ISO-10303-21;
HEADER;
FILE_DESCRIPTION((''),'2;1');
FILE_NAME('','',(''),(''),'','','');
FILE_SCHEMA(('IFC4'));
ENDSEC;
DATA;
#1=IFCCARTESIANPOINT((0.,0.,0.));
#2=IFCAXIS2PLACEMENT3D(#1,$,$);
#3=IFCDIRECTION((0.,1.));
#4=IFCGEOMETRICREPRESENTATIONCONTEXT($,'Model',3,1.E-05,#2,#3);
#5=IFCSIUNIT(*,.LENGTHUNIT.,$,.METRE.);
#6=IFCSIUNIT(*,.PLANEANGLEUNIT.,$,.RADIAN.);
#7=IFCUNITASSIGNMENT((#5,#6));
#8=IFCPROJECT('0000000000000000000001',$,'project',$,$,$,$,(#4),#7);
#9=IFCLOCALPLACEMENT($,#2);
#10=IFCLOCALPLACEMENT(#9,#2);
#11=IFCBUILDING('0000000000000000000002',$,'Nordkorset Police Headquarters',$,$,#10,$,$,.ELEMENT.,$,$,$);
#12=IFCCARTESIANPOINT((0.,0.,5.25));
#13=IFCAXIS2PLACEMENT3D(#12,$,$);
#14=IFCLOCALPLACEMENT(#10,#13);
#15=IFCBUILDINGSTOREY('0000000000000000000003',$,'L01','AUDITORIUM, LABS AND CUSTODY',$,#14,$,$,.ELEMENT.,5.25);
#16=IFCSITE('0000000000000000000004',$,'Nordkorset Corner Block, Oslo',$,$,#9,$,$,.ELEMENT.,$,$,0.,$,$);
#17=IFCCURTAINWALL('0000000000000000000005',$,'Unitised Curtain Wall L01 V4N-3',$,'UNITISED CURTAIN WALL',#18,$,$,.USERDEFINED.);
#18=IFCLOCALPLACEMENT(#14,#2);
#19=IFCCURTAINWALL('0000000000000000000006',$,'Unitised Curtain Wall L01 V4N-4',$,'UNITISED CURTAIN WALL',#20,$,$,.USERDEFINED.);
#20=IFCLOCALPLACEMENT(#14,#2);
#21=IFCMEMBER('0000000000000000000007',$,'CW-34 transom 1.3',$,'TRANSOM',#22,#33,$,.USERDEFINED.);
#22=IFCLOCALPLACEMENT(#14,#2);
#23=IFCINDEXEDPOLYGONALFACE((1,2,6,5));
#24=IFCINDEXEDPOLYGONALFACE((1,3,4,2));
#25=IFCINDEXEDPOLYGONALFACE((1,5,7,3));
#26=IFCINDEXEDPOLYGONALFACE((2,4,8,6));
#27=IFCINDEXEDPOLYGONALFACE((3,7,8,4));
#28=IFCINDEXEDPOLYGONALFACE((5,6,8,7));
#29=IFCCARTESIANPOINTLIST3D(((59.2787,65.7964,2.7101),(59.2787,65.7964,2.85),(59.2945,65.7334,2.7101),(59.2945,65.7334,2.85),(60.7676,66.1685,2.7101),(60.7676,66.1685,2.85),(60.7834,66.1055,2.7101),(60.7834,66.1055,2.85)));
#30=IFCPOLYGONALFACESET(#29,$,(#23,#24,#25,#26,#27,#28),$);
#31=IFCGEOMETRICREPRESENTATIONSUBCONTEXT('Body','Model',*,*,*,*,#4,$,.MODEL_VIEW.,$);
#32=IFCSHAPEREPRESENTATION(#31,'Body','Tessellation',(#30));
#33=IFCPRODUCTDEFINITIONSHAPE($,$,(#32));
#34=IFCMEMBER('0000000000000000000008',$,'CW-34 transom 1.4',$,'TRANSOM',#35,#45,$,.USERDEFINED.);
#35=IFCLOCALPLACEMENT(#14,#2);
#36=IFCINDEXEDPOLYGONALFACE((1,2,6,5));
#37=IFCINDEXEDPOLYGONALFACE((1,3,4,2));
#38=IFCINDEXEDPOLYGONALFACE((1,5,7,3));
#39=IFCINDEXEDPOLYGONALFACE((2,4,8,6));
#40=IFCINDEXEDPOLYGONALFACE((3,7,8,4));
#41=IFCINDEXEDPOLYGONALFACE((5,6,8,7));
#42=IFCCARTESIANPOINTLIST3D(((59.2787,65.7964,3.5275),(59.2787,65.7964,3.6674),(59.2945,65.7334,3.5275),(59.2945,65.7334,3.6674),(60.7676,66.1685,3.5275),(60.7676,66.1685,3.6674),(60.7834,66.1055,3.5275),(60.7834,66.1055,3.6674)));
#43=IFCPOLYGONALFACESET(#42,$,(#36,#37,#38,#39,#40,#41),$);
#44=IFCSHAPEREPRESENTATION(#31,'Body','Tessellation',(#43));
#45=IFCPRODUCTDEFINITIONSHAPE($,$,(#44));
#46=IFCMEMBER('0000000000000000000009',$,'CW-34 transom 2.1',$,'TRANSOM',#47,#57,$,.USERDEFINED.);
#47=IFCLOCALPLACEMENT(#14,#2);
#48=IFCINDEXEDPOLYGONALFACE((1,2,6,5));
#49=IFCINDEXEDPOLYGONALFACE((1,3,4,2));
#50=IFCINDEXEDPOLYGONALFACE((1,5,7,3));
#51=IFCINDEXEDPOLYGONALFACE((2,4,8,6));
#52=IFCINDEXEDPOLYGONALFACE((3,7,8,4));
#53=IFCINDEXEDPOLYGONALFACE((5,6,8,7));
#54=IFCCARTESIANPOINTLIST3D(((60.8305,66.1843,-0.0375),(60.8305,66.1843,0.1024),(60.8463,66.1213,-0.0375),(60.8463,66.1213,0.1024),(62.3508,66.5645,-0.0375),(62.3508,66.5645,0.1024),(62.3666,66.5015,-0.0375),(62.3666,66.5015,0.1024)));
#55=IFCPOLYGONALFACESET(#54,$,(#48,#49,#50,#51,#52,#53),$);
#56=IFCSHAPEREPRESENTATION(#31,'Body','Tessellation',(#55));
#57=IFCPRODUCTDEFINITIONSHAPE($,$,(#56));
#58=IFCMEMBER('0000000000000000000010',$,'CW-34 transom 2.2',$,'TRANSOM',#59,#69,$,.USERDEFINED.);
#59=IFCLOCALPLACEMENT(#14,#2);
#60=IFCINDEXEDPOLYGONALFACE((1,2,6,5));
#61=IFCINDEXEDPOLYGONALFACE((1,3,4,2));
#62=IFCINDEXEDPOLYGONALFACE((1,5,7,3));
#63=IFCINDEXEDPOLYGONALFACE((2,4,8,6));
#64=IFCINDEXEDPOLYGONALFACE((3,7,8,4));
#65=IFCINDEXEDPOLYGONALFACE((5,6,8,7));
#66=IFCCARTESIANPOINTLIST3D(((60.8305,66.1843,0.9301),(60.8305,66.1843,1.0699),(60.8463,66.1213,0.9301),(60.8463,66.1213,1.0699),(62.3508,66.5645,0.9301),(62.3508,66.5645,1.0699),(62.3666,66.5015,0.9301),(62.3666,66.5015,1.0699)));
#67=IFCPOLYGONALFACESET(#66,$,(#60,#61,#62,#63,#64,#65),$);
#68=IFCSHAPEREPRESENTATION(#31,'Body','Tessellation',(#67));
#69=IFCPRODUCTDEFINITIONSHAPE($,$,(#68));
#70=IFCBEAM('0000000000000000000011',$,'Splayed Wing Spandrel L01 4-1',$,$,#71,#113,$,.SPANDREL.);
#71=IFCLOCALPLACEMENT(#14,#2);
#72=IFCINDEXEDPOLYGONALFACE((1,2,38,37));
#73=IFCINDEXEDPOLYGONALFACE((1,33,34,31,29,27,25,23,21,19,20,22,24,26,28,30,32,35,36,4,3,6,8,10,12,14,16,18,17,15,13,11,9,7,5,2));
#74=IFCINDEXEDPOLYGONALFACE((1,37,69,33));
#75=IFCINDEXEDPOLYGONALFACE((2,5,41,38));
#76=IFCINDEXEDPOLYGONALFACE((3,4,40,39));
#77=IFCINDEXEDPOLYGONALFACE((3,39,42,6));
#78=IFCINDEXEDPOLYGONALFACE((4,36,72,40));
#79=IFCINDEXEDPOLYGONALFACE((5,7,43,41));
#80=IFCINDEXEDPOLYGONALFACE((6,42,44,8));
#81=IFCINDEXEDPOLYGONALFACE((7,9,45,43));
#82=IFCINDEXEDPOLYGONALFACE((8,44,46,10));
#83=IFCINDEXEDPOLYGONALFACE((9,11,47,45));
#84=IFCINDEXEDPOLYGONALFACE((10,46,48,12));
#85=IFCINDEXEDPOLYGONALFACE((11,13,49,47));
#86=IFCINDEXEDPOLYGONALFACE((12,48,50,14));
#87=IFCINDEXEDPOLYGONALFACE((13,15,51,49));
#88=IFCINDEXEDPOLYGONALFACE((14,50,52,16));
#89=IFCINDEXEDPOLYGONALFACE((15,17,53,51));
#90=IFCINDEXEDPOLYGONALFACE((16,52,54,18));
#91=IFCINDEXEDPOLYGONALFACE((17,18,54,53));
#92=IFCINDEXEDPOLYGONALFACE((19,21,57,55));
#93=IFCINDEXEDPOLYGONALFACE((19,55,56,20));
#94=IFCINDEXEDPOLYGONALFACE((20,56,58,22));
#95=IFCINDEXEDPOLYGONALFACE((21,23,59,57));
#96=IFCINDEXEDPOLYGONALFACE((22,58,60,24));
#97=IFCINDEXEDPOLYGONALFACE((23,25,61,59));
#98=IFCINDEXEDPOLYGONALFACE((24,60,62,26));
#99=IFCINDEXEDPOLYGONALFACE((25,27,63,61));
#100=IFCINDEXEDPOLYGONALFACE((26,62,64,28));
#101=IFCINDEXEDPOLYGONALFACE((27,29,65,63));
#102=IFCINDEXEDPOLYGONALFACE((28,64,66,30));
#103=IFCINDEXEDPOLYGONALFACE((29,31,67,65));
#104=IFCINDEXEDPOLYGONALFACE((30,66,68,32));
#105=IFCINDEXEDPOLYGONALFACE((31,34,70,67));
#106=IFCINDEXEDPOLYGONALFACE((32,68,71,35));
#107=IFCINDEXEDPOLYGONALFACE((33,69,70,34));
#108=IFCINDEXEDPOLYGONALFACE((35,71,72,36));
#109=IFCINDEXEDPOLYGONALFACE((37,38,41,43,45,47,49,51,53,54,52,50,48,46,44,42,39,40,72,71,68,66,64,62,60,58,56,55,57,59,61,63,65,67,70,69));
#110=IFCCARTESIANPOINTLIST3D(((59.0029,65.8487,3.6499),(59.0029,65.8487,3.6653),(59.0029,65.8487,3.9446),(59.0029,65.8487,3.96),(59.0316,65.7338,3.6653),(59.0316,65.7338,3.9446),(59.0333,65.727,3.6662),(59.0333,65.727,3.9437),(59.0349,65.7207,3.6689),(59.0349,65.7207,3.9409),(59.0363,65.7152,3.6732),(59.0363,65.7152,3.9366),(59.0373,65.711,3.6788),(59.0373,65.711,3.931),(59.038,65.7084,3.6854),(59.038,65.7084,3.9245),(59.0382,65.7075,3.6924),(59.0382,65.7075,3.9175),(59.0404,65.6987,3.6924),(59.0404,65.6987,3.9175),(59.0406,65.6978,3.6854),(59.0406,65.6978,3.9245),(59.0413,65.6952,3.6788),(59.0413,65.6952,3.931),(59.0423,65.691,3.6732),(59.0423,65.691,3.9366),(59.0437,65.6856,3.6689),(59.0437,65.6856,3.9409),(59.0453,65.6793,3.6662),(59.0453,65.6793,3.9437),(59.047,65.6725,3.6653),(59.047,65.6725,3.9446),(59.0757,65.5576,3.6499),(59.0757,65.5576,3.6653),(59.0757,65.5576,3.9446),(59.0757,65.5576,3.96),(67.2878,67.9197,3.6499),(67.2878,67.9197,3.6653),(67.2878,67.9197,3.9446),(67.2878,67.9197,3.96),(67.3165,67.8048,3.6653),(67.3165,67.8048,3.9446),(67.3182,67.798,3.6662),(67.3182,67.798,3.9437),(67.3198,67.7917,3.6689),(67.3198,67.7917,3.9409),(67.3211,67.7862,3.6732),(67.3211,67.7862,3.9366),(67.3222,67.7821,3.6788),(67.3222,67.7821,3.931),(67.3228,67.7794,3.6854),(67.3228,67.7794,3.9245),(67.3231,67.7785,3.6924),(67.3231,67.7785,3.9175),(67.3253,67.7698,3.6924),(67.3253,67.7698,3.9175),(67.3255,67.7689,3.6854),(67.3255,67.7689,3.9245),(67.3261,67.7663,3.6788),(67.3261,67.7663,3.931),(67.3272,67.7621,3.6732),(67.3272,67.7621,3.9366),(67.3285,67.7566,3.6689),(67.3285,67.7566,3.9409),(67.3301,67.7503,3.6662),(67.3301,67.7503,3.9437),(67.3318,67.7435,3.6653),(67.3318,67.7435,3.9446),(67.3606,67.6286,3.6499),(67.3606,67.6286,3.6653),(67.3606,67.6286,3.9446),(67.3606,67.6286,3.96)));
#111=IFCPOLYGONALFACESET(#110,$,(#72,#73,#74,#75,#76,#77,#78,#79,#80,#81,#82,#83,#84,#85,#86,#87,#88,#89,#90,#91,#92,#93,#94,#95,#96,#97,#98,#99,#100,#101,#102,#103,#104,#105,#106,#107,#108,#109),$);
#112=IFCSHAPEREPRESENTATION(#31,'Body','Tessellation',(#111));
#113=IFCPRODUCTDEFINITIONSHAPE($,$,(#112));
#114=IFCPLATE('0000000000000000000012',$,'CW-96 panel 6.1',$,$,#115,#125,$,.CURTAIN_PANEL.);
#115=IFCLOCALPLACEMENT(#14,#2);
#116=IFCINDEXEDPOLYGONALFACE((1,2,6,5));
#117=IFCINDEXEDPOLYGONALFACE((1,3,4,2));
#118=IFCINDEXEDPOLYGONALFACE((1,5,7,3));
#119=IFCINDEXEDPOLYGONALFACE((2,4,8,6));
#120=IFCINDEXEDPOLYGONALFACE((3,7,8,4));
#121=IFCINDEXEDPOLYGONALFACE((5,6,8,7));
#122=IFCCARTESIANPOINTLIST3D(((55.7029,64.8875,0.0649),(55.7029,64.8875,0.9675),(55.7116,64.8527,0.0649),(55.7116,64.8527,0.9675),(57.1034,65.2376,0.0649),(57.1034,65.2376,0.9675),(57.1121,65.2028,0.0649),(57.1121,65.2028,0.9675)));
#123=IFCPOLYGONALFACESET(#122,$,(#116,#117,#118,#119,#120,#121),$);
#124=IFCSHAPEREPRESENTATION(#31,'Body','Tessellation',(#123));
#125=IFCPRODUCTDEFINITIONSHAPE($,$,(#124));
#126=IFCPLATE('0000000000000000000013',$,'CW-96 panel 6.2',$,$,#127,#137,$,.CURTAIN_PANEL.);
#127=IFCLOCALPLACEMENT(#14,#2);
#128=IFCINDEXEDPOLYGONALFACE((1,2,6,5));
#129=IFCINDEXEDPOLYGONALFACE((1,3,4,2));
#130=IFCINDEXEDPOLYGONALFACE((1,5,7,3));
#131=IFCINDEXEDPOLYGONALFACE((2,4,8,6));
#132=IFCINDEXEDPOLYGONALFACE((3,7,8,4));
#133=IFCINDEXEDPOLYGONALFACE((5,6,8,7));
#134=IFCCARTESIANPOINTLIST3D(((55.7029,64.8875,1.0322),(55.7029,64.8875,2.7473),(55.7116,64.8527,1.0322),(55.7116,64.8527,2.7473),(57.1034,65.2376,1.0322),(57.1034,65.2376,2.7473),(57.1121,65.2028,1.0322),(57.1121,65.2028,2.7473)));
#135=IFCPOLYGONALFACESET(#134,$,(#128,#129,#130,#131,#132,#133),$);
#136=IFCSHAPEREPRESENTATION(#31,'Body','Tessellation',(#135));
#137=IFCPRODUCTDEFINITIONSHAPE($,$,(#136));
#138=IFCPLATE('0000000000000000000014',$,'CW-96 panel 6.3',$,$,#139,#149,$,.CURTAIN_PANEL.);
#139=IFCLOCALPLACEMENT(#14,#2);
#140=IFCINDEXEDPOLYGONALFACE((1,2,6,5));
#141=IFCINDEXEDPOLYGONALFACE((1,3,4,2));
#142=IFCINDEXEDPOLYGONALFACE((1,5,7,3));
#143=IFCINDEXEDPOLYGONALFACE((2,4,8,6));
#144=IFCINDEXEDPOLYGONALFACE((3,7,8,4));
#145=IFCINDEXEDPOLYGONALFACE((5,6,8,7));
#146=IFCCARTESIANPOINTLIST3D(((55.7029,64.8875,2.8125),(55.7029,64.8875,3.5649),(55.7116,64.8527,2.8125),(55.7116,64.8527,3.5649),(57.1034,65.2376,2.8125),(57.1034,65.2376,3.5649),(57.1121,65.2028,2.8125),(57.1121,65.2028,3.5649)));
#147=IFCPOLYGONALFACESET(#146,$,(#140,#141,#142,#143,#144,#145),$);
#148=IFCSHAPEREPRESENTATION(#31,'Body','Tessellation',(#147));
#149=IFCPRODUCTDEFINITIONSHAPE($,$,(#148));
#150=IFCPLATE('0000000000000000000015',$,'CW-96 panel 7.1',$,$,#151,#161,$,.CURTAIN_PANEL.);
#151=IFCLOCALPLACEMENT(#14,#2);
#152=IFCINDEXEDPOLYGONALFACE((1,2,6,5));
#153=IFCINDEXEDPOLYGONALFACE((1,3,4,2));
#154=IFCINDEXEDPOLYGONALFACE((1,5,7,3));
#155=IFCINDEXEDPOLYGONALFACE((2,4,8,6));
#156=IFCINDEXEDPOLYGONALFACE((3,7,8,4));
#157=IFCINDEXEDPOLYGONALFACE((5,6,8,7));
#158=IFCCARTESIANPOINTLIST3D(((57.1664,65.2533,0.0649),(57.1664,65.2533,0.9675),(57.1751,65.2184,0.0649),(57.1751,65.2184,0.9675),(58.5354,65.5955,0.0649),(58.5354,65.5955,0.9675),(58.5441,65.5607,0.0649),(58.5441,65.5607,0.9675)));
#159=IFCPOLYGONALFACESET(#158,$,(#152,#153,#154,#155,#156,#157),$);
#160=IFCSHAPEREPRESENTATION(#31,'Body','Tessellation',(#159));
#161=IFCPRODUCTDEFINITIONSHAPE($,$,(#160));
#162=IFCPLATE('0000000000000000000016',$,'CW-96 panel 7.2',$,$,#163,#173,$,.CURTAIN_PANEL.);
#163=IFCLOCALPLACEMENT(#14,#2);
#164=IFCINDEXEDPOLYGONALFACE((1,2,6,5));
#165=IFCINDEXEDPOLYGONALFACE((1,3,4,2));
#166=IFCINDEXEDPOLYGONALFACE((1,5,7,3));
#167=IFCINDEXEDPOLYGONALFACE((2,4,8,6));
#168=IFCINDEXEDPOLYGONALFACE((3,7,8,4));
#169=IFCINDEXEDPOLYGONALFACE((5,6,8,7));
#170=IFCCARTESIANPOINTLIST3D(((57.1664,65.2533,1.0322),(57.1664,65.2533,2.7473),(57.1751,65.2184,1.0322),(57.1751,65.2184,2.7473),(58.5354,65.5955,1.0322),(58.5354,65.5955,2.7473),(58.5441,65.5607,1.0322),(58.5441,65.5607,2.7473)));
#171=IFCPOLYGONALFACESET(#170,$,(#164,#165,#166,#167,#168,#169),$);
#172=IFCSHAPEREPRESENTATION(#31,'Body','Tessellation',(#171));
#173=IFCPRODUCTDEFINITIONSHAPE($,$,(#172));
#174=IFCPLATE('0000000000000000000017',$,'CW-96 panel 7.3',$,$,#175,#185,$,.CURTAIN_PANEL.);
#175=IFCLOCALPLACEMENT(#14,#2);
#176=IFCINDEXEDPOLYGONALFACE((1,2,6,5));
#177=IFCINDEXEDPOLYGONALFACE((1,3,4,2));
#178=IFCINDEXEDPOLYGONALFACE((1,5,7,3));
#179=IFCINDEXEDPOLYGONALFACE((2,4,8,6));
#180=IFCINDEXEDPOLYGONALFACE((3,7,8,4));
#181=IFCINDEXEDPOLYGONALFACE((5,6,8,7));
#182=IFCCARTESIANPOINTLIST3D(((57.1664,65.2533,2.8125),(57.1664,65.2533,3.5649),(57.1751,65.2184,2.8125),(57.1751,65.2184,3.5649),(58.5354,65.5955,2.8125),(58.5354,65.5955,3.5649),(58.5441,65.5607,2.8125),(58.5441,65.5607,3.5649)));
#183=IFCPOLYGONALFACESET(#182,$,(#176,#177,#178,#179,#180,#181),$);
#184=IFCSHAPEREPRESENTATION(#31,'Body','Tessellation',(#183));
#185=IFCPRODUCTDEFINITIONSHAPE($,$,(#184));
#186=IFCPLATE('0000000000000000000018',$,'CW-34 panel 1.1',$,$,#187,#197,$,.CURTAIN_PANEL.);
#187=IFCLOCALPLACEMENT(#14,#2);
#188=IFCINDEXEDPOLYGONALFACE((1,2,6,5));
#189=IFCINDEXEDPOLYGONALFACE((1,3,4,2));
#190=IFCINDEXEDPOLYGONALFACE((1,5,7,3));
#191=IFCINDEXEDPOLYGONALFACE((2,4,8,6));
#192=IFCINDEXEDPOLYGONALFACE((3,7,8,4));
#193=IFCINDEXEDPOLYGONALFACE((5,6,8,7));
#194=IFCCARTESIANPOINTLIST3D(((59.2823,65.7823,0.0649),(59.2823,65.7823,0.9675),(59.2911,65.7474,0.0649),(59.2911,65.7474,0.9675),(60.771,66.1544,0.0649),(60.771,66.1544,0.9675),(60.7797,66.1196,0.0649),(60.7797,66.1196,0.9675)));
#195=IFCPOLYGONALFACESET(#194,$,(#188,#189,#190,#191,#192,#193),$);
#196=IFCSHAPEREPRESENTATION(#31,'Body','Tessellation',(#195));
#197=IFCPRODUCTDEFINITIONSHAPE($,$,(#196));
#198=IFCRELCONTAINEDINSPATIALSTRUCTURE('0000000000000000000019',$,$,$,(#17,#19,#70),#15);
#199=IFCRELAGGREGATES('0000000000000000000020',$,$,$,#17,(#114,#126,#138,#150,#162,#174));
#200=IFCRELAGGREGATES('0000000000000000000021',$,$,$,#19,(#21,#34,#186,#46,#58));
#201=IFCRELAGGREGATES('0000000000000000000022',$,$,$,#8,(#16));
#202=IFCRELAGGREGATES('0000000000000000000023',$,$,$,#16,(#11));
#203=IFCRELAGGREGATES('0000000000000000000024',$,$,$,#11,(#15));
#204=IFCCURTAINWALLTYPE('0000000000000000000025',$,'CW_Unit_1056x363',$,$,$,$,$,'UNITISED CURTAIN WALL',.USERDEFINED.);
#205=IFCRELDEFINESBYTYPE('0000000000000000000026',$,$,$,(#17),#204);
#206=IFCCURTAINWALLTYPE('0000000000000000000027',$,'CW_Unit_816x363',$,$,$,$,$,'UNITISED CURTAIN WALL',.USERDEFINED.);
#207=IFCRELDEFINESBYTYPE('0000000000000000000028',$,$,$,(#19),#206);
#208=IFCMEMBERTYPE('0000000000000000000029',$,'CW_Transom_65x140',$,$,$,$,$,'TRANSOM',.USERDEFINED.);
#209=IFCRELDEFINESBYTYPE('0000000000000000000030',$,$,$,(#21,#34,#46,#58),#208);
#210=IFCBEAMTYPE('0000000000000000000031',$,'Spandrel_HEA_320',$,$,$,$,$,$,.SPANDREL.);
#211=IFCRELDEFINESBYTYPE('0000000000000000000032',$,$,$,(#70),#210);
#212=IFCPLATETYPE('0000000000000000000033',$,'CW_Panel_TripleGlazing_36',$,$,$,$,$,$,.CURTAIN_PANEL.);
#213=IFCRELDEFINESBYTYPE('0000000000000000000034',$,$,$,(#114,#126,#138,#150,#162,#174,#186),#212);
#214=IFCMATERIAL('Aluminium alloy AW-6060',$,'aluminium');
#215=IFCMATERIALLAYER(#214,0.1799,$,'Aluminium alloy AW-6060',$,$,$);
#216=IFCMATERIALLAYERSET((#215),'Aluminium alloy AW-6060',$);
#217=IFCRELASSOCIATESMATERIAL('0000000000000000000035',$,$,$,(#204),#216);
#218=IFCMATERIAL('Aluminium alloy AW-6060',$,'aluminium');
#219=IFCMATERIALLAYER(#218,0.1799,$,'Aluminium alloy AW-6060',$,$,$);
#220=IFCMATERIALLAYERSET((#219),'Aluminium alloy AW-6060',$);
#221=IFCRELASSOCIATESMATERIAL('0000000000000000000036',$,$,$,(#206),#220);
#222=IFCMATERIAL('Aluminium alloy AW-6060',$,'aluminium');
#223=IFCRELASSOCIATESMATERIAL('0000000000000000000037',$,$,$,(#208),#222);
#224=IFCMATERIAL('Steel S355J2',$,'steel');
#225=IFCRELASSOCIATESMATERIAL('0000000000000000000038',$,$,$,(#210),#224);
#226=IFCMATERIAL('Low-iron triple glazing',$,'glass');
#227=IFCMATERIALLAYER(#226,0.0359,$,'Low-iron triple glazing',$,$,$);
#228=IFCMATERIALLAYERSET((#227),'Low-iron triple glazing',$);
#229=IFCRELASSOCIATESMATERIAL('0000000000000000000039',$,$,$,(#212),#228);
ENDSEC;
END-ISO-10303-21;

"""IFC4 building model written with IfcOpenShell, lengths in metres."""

from ifc_helpers import new_model, si_unit, direction, frame, origin, origin_2d, place, context, subcontext, project, spatial, rectangle, i_section, extrude, material, layer, layer_set, material_profile, profile_set, type_object, element, aggregate, save


model = new_model("IFC4")

# Units and contexts
model_context = context("Model", 3, precision=1e-05, world=origin(), true_north=direction((0.0, 1.0)))
body_context = subcontext(model_context, "Body", "Model", "MODEL_VIEW")
ifc_project = project(units=[si_unit("LENGTHUNIT", "METRE"), si_unit("PLANEANGLEUNIT", "RADIAN")], contexts=[model_context])

# Site, building, storey
site_placement = place(None, origin())
site = spatial("IfcSite", under=ifc_project, at=site_placement, Name="Nordkorset Corner Block, Oslo", CompositionType="ELEMENT", RefElevation=0.0)
building_placement = place(site_placement, origin())
building = spatial("IfcBuilding", under=site, at=building_placement, Name="Nordkorset Police Headquarters", CompositionType="ELEMENT")
storey_placement = place(building_placement, frame((0.0, 0.0, 5.25)))
storey = spatial("IfcBuildingStorey", under=building, at=storey_placement, Name="L01", Description="AUDITORIUM, LABS AND CUSTODY", CompositionType="ELEMENT", Elevation=5.25)

# Curtain walls
ifc_material_1 = material(Name="Aluminium alloy AW-6060", Category="aluminium")
ifc_layer_1 = layer(ifc_material_1, 0.1799, Name="Aluminium alloy AW-6060")
ifc_layer_set_1 = layer_set([ifc_layer_1], Name="Aluminium alloy AW-6060")
curtain_wall_type_1 = type_object("IfcCurtainWallType", Name="CW_Unit_1056x363", ElementType="UNITISED CURTAIN WALL", PredefinedType="USERDEFINED", material=ifc_layer_set_1)
curtain_wall_1_placement = place(storey_placement, origin())
curtain_wall_1 = element("IfcCurtainWall", 1, at=curtain_wall_1_placement, inside=storey, type_object=curtain_wall_type_1, Name="Unitised Curtain Wall L01 V4N-3", ObjectType="UNITISED CURTAIN WALL", PredefinedType="USERDEFINED")
ifc_material_2 = material(Name="Aluminium alloy AW-6060", Category="aluminium")
ifc_layer_2 = layer(ifc_material_2, 0.1799, Name="Aluminium alloy AW-6060")
ifc_layer_set_2 = layer_set([ifc_layer_2], Name="Aluminium alloy AW-6060")
curtain_wall_type_2 = type_object("IfcCurtainWallType", Name="CW_Unit_816x363", ElementType="UNITISED CURTAIN WALL", PredefinedType="USERDEFINED", material=ifc_layer_set_2)
curtain_wall_2_placement = place(storey_placement, origin())
curtain_wall_2 = element("IfcCurtainWall", 2, at=curtain_wall_2_placement, inside=storey, type_object=curtain_wall_type_2, Name="Unitised Curtain Wall L01 V4N-4", ObjectType="UNITISED CURTAIN WALL", PredefinedType="USERDEFINED")

# Members
ifc_material_3 = material(Name="Aluminium alloy AW-6060", Category="aluminium")
ifc_material_profile_1 = material_profile(ifc_material_3, rectangle(XDim=0.0649, YDim=0.1399, at=origin_2d()), Name="ALU TRAN 65x140")
ifc_profile_set_1 = profile_set([ifc_material_profile_1], Name="Aluminium alloy AW-6060")
member_type_1 = type_object("IfcMemberType", Name="CW_Transom_65x140", ElementType="TRANSOM", PredefinedType="USERDEFINED", material=ifc_profile_set_1)
member_1_placement = place(storey_placement, frame((59.2866, 65.7649, 2.78), z_axis=(0.970161, 0.242461, 0.0), x_axis=(-0.242461, 0.970161, 0.0)))
member_1 = element("IfcMember", 3, at=member_1_placement, type_object=member_type_1, Name="CW-34 transom 1.3", ObjectType="TRANSOM", PredefinedType="USERDEFINED", context=body_context, shape_type="SweptSolid", body=[
    extrude(rectangle(XDim=0.0649, YDim=0.1399, at=origin_2d()), origin(), (0.0, 0.0, 1.0), 1.5347),
])
member_2_placement = place(storey_placement, frame((59.2866, 65.7649, 3.5974), z_axis=(0.970161, 0.242461, 0.0), x_axis=(-0.242461, 0.970161, 0.0)))
member_2 = element("IfcMember", 4, at=member_2_placement, type_object=member_type_1, Name="CW-34 transom 1.4", ObjectType="TRANSOM", PredefinedType="USERDEFINED", context=body_context, shape_type="SweptSolid", body=[
    extrude(rectangle(XDim=0.0649, YDim=0.1399, at=origin_2d()), origin(), (0.0, 0.0, 1.0), 1.5347),
])
member_3_placement = place(storey_placement, frame((60.8384, 66.1528, 0.0325), z_axis=(0.970133, 0.242572, 0.0), x_axis=(-0.242572, 0.970133, 0.0)))
member_3 = element("IfcMember", 5, at=member_3_placement, type_object=member_type_1, Name="CW-34 transom 2.1", ObjectType="TRANSOM", PredefinedType="USERDEFINED", context=body_context, shape_type="SweptSolid", body=[
    extrude(rectangle(XDim=0.0649, YDim=0.1399, at=origin_2d()), origin(), (0.0, 0.0, 1.0), 1.5671),
])
member_4_placement = place(storey_placement, frame((60.8384, 66.1528, 1.0), z_axis=(0.970133, 0.242572, 0.0), x_axis=(-0.242572, 0.970133, 0.0)))
member_4 = element("IfcMember", 6, at=member_4_placement, type_object=member_type_1, Name="CW-34 transom 2.2", ObjectType="TRANSOM", PredefinedType="USERDEFINED", context=body_context, shape_type="SweptSolid", body=[
    extrude(rectangle(XDim=0.0649, YDim=0.1399, at=origin_2d()), origin(), (0.0, 0.0, 1.0), 1.5671),
])

# Beam
ifc_material_4 = material(Name="Steel S355J2", Category="steel")
ifc_material_profile_2 = material_profile(ifc_material_4, i_section(OverallWidth=0.3, OverallDepth=0.3101, WebThickness=0.009, FlangeThickness=0.0154, FilletRadius=0.0271, at=origin_2d()), Name="HEA 320")
ifc_profile_set_2 = profile_set([ifc_material_profile_2], Name="Steel S355J2")
beam_type = type_object("IfcBeamType", Name="Spandrel_HEA_320", PredefinedType="SPANDREL", material=ifc_profile_set_2)
beam_placement = place(storey_placement, frame((59.0393, 65.7031, 3.8049), z_axis=(0.970148, 0.242515, 0.0), x_axis=(-0.242515, 0.970148, 0.0)))
element("IfcBeam", 7, at=beam_placement, inside=storey, type_object=beam_type, Name="Splayed Wing Spandrel L01 4-1", PredefinedType="SPANDREL", context=body_context, shape_type="SweptSolid", body=[
    extrude(i_section(OverallWidth=0.3, OverallDepth=0.3101, WebThickness=0.009, FlangeThickness=0.0154, FilletRadius=0.0271, at=origin_2d()), origin(), (0.0, 0.0, 1.0), 8.5398),
])

# Plates
ifc_material_5 = material(Name="Low-iron triple glazing", Category="glass")
ifc_layer_3 = layer(ifc_material_5, 0.0359, Name="Low-iron triple glazing")
ifc_layer_set_3 = layer_set([ifc_layer_3], Name="Low-iron triple glazing")
plate_type = type_object("IfcPlateType", Name="CW_Panel_TripleGlazing_36", PredefinedType="CURTAIN_PANEL", material=ifc_layer_set_3)
plate_1_placement = place(storey_placement, frame((56.4075, 65.0452, 0.0649), z_axis=(0.0, 0.0, 1.0), x_axis=(0.970142, 0.242536, 0.0)))
plate_1 = element("IfcPlate", 8, at=plate_1_placement, type_object=plate_type, Name="CW-96 panel 6.1", PredefinedType="CURTAIN_PANEL", context=body_context, shape_type="SweptSolid", body=[
    extrude(rectangle(XDim=1.4436, YDim=0.0359, at=origin_2d()), origin(), (0.0, 0.0, 1.0), 0.9026),
])
plate_2_placement = place(storey_placement, frame((56.4075, 65.0452, 1.0322), z_axis=(0.0, 0.0, 1.0), x_axis=(0.970142, 0.242536, 0.0)))
plate_2 = element("IfcPlate", 9, at=plate_2_placement, type_object=plate_type, Name="CW-96 panel 6.2", PredefinedType="CURTAIN_PANEL", context=body_context, shape_type="SweptSolid", body=[
    extrude(rectangle(XDim=1.4436, YDim=0.0359, at=origin_2d()), origin(), (0.0, 0.0, 1.0), 1.7151),
])
plate_3_placement = place(storey_placement, frame((56.4075, 65.0452, 2.8125), z_axis=(0.0, 0.0, 1.0), x_axis=(0.970142, 0.242536, 0.0)))
plate_3 = element("IfcPlate", 10, at=plate_3_placement, type_object=plate_type, Name="CW-96 panel 6.3", PredefinedType="CURTAIN_PANEL", context=body_context, shape_type="SweptSolid", body=[
    extrude(rectangle(XDim=1.4436, YDim=0.0359, at=origin_2d()), origin(), (0.0, 0.0, 1.0), 0.7524),
])
plate_4_placement = place(storey_placement, frame((57.8552, 65.407, 0.0649), z_axis=(0.0, 0.0, 1.0), x_axis=(0.970142, 0.242536, 0.0)))
plate_4 = element("IfcPlate", 11, at=plate_4_placement, type_object=plate_type, Name="CW-96 panel 7.1", PredefinedType="CURTAIN_PANEL", context=body_context, shape_type="SweptSolid", body=[
    extrude(rectangle(XDim=1.4111, YDim=0.0359, at=origin_2d()), origin(), (0.0, 0.0, 1.0), 0.9026),
])
plate_5_placement = place(storey_placement, frame((57.8552, 65.407, 1.0322), z_axis=(0.0, 0.0, 1.0), x_axis=(0.970142, 0.242536, 0.0)))
plate_5 = element("IfcPlate", 12, at=plate_5_placement, type_object=plate_type, Name="CW-96 panel 7.2", PredefinedType="CURTAIN_PANEL", context=body_context, shape_type="SweptSolid", body=[
    extrude(rectangle(XDim=1.4111, YDim=0.0359, at=origin_2d()), origin(), (0.0, 0.0, 1.0), 1.7151),
])
plate_6_placement = place(storey_placement, frame((57.8552, 65.407, 2.8125), z_axis=(0.0, 0.0, 1.0), x_axis=(0.970142, 0.242536, 0.0)))
plate_6 = element("IfcPlate", 13, at=plate_6_placement, type_object=plate_type, Name="CW-96 panel 7.3", PredefinedType="CURTAIN_PANEL", context=body_context, shape_type="SweptSolid", body=[
    extrude(rectangle(XDim=1.4111, YDim=0.0359, at=origin_2d()), origin(), (0.0, 0.0, 1.0), 0.7524),
])
aggregate(curtain_wall_1, [plate_1, plate_2, plate_3, plate_4, plate_5, plate_6])
plate_7_placement = place(storey_placement, frame((60.031, 65.9509, 0.0649), z_axis=(0.0, 0.0, 1.0), x_axis=(0.970143, 0.242535, 0.0)))
plate_7 = element("IfcPlate", 14, at=plate_7_placement, type_object=plate_type, Name="CW-34 panel 1.1", PredefinedType="CURTAIN_PANEL", context=body_context, shape_type="SweptSolid", body=[
    extrude(rectangle(XDim=1.5344, YDim=0.0359, at=origin_2d()), origin(), (0.0, 0.0, 1.0), 0.9026),
])
aggregate(curtain_wall_2, [member_1, member_2, plate_7, member_3, member_4])

save(model, "model.ifc")
